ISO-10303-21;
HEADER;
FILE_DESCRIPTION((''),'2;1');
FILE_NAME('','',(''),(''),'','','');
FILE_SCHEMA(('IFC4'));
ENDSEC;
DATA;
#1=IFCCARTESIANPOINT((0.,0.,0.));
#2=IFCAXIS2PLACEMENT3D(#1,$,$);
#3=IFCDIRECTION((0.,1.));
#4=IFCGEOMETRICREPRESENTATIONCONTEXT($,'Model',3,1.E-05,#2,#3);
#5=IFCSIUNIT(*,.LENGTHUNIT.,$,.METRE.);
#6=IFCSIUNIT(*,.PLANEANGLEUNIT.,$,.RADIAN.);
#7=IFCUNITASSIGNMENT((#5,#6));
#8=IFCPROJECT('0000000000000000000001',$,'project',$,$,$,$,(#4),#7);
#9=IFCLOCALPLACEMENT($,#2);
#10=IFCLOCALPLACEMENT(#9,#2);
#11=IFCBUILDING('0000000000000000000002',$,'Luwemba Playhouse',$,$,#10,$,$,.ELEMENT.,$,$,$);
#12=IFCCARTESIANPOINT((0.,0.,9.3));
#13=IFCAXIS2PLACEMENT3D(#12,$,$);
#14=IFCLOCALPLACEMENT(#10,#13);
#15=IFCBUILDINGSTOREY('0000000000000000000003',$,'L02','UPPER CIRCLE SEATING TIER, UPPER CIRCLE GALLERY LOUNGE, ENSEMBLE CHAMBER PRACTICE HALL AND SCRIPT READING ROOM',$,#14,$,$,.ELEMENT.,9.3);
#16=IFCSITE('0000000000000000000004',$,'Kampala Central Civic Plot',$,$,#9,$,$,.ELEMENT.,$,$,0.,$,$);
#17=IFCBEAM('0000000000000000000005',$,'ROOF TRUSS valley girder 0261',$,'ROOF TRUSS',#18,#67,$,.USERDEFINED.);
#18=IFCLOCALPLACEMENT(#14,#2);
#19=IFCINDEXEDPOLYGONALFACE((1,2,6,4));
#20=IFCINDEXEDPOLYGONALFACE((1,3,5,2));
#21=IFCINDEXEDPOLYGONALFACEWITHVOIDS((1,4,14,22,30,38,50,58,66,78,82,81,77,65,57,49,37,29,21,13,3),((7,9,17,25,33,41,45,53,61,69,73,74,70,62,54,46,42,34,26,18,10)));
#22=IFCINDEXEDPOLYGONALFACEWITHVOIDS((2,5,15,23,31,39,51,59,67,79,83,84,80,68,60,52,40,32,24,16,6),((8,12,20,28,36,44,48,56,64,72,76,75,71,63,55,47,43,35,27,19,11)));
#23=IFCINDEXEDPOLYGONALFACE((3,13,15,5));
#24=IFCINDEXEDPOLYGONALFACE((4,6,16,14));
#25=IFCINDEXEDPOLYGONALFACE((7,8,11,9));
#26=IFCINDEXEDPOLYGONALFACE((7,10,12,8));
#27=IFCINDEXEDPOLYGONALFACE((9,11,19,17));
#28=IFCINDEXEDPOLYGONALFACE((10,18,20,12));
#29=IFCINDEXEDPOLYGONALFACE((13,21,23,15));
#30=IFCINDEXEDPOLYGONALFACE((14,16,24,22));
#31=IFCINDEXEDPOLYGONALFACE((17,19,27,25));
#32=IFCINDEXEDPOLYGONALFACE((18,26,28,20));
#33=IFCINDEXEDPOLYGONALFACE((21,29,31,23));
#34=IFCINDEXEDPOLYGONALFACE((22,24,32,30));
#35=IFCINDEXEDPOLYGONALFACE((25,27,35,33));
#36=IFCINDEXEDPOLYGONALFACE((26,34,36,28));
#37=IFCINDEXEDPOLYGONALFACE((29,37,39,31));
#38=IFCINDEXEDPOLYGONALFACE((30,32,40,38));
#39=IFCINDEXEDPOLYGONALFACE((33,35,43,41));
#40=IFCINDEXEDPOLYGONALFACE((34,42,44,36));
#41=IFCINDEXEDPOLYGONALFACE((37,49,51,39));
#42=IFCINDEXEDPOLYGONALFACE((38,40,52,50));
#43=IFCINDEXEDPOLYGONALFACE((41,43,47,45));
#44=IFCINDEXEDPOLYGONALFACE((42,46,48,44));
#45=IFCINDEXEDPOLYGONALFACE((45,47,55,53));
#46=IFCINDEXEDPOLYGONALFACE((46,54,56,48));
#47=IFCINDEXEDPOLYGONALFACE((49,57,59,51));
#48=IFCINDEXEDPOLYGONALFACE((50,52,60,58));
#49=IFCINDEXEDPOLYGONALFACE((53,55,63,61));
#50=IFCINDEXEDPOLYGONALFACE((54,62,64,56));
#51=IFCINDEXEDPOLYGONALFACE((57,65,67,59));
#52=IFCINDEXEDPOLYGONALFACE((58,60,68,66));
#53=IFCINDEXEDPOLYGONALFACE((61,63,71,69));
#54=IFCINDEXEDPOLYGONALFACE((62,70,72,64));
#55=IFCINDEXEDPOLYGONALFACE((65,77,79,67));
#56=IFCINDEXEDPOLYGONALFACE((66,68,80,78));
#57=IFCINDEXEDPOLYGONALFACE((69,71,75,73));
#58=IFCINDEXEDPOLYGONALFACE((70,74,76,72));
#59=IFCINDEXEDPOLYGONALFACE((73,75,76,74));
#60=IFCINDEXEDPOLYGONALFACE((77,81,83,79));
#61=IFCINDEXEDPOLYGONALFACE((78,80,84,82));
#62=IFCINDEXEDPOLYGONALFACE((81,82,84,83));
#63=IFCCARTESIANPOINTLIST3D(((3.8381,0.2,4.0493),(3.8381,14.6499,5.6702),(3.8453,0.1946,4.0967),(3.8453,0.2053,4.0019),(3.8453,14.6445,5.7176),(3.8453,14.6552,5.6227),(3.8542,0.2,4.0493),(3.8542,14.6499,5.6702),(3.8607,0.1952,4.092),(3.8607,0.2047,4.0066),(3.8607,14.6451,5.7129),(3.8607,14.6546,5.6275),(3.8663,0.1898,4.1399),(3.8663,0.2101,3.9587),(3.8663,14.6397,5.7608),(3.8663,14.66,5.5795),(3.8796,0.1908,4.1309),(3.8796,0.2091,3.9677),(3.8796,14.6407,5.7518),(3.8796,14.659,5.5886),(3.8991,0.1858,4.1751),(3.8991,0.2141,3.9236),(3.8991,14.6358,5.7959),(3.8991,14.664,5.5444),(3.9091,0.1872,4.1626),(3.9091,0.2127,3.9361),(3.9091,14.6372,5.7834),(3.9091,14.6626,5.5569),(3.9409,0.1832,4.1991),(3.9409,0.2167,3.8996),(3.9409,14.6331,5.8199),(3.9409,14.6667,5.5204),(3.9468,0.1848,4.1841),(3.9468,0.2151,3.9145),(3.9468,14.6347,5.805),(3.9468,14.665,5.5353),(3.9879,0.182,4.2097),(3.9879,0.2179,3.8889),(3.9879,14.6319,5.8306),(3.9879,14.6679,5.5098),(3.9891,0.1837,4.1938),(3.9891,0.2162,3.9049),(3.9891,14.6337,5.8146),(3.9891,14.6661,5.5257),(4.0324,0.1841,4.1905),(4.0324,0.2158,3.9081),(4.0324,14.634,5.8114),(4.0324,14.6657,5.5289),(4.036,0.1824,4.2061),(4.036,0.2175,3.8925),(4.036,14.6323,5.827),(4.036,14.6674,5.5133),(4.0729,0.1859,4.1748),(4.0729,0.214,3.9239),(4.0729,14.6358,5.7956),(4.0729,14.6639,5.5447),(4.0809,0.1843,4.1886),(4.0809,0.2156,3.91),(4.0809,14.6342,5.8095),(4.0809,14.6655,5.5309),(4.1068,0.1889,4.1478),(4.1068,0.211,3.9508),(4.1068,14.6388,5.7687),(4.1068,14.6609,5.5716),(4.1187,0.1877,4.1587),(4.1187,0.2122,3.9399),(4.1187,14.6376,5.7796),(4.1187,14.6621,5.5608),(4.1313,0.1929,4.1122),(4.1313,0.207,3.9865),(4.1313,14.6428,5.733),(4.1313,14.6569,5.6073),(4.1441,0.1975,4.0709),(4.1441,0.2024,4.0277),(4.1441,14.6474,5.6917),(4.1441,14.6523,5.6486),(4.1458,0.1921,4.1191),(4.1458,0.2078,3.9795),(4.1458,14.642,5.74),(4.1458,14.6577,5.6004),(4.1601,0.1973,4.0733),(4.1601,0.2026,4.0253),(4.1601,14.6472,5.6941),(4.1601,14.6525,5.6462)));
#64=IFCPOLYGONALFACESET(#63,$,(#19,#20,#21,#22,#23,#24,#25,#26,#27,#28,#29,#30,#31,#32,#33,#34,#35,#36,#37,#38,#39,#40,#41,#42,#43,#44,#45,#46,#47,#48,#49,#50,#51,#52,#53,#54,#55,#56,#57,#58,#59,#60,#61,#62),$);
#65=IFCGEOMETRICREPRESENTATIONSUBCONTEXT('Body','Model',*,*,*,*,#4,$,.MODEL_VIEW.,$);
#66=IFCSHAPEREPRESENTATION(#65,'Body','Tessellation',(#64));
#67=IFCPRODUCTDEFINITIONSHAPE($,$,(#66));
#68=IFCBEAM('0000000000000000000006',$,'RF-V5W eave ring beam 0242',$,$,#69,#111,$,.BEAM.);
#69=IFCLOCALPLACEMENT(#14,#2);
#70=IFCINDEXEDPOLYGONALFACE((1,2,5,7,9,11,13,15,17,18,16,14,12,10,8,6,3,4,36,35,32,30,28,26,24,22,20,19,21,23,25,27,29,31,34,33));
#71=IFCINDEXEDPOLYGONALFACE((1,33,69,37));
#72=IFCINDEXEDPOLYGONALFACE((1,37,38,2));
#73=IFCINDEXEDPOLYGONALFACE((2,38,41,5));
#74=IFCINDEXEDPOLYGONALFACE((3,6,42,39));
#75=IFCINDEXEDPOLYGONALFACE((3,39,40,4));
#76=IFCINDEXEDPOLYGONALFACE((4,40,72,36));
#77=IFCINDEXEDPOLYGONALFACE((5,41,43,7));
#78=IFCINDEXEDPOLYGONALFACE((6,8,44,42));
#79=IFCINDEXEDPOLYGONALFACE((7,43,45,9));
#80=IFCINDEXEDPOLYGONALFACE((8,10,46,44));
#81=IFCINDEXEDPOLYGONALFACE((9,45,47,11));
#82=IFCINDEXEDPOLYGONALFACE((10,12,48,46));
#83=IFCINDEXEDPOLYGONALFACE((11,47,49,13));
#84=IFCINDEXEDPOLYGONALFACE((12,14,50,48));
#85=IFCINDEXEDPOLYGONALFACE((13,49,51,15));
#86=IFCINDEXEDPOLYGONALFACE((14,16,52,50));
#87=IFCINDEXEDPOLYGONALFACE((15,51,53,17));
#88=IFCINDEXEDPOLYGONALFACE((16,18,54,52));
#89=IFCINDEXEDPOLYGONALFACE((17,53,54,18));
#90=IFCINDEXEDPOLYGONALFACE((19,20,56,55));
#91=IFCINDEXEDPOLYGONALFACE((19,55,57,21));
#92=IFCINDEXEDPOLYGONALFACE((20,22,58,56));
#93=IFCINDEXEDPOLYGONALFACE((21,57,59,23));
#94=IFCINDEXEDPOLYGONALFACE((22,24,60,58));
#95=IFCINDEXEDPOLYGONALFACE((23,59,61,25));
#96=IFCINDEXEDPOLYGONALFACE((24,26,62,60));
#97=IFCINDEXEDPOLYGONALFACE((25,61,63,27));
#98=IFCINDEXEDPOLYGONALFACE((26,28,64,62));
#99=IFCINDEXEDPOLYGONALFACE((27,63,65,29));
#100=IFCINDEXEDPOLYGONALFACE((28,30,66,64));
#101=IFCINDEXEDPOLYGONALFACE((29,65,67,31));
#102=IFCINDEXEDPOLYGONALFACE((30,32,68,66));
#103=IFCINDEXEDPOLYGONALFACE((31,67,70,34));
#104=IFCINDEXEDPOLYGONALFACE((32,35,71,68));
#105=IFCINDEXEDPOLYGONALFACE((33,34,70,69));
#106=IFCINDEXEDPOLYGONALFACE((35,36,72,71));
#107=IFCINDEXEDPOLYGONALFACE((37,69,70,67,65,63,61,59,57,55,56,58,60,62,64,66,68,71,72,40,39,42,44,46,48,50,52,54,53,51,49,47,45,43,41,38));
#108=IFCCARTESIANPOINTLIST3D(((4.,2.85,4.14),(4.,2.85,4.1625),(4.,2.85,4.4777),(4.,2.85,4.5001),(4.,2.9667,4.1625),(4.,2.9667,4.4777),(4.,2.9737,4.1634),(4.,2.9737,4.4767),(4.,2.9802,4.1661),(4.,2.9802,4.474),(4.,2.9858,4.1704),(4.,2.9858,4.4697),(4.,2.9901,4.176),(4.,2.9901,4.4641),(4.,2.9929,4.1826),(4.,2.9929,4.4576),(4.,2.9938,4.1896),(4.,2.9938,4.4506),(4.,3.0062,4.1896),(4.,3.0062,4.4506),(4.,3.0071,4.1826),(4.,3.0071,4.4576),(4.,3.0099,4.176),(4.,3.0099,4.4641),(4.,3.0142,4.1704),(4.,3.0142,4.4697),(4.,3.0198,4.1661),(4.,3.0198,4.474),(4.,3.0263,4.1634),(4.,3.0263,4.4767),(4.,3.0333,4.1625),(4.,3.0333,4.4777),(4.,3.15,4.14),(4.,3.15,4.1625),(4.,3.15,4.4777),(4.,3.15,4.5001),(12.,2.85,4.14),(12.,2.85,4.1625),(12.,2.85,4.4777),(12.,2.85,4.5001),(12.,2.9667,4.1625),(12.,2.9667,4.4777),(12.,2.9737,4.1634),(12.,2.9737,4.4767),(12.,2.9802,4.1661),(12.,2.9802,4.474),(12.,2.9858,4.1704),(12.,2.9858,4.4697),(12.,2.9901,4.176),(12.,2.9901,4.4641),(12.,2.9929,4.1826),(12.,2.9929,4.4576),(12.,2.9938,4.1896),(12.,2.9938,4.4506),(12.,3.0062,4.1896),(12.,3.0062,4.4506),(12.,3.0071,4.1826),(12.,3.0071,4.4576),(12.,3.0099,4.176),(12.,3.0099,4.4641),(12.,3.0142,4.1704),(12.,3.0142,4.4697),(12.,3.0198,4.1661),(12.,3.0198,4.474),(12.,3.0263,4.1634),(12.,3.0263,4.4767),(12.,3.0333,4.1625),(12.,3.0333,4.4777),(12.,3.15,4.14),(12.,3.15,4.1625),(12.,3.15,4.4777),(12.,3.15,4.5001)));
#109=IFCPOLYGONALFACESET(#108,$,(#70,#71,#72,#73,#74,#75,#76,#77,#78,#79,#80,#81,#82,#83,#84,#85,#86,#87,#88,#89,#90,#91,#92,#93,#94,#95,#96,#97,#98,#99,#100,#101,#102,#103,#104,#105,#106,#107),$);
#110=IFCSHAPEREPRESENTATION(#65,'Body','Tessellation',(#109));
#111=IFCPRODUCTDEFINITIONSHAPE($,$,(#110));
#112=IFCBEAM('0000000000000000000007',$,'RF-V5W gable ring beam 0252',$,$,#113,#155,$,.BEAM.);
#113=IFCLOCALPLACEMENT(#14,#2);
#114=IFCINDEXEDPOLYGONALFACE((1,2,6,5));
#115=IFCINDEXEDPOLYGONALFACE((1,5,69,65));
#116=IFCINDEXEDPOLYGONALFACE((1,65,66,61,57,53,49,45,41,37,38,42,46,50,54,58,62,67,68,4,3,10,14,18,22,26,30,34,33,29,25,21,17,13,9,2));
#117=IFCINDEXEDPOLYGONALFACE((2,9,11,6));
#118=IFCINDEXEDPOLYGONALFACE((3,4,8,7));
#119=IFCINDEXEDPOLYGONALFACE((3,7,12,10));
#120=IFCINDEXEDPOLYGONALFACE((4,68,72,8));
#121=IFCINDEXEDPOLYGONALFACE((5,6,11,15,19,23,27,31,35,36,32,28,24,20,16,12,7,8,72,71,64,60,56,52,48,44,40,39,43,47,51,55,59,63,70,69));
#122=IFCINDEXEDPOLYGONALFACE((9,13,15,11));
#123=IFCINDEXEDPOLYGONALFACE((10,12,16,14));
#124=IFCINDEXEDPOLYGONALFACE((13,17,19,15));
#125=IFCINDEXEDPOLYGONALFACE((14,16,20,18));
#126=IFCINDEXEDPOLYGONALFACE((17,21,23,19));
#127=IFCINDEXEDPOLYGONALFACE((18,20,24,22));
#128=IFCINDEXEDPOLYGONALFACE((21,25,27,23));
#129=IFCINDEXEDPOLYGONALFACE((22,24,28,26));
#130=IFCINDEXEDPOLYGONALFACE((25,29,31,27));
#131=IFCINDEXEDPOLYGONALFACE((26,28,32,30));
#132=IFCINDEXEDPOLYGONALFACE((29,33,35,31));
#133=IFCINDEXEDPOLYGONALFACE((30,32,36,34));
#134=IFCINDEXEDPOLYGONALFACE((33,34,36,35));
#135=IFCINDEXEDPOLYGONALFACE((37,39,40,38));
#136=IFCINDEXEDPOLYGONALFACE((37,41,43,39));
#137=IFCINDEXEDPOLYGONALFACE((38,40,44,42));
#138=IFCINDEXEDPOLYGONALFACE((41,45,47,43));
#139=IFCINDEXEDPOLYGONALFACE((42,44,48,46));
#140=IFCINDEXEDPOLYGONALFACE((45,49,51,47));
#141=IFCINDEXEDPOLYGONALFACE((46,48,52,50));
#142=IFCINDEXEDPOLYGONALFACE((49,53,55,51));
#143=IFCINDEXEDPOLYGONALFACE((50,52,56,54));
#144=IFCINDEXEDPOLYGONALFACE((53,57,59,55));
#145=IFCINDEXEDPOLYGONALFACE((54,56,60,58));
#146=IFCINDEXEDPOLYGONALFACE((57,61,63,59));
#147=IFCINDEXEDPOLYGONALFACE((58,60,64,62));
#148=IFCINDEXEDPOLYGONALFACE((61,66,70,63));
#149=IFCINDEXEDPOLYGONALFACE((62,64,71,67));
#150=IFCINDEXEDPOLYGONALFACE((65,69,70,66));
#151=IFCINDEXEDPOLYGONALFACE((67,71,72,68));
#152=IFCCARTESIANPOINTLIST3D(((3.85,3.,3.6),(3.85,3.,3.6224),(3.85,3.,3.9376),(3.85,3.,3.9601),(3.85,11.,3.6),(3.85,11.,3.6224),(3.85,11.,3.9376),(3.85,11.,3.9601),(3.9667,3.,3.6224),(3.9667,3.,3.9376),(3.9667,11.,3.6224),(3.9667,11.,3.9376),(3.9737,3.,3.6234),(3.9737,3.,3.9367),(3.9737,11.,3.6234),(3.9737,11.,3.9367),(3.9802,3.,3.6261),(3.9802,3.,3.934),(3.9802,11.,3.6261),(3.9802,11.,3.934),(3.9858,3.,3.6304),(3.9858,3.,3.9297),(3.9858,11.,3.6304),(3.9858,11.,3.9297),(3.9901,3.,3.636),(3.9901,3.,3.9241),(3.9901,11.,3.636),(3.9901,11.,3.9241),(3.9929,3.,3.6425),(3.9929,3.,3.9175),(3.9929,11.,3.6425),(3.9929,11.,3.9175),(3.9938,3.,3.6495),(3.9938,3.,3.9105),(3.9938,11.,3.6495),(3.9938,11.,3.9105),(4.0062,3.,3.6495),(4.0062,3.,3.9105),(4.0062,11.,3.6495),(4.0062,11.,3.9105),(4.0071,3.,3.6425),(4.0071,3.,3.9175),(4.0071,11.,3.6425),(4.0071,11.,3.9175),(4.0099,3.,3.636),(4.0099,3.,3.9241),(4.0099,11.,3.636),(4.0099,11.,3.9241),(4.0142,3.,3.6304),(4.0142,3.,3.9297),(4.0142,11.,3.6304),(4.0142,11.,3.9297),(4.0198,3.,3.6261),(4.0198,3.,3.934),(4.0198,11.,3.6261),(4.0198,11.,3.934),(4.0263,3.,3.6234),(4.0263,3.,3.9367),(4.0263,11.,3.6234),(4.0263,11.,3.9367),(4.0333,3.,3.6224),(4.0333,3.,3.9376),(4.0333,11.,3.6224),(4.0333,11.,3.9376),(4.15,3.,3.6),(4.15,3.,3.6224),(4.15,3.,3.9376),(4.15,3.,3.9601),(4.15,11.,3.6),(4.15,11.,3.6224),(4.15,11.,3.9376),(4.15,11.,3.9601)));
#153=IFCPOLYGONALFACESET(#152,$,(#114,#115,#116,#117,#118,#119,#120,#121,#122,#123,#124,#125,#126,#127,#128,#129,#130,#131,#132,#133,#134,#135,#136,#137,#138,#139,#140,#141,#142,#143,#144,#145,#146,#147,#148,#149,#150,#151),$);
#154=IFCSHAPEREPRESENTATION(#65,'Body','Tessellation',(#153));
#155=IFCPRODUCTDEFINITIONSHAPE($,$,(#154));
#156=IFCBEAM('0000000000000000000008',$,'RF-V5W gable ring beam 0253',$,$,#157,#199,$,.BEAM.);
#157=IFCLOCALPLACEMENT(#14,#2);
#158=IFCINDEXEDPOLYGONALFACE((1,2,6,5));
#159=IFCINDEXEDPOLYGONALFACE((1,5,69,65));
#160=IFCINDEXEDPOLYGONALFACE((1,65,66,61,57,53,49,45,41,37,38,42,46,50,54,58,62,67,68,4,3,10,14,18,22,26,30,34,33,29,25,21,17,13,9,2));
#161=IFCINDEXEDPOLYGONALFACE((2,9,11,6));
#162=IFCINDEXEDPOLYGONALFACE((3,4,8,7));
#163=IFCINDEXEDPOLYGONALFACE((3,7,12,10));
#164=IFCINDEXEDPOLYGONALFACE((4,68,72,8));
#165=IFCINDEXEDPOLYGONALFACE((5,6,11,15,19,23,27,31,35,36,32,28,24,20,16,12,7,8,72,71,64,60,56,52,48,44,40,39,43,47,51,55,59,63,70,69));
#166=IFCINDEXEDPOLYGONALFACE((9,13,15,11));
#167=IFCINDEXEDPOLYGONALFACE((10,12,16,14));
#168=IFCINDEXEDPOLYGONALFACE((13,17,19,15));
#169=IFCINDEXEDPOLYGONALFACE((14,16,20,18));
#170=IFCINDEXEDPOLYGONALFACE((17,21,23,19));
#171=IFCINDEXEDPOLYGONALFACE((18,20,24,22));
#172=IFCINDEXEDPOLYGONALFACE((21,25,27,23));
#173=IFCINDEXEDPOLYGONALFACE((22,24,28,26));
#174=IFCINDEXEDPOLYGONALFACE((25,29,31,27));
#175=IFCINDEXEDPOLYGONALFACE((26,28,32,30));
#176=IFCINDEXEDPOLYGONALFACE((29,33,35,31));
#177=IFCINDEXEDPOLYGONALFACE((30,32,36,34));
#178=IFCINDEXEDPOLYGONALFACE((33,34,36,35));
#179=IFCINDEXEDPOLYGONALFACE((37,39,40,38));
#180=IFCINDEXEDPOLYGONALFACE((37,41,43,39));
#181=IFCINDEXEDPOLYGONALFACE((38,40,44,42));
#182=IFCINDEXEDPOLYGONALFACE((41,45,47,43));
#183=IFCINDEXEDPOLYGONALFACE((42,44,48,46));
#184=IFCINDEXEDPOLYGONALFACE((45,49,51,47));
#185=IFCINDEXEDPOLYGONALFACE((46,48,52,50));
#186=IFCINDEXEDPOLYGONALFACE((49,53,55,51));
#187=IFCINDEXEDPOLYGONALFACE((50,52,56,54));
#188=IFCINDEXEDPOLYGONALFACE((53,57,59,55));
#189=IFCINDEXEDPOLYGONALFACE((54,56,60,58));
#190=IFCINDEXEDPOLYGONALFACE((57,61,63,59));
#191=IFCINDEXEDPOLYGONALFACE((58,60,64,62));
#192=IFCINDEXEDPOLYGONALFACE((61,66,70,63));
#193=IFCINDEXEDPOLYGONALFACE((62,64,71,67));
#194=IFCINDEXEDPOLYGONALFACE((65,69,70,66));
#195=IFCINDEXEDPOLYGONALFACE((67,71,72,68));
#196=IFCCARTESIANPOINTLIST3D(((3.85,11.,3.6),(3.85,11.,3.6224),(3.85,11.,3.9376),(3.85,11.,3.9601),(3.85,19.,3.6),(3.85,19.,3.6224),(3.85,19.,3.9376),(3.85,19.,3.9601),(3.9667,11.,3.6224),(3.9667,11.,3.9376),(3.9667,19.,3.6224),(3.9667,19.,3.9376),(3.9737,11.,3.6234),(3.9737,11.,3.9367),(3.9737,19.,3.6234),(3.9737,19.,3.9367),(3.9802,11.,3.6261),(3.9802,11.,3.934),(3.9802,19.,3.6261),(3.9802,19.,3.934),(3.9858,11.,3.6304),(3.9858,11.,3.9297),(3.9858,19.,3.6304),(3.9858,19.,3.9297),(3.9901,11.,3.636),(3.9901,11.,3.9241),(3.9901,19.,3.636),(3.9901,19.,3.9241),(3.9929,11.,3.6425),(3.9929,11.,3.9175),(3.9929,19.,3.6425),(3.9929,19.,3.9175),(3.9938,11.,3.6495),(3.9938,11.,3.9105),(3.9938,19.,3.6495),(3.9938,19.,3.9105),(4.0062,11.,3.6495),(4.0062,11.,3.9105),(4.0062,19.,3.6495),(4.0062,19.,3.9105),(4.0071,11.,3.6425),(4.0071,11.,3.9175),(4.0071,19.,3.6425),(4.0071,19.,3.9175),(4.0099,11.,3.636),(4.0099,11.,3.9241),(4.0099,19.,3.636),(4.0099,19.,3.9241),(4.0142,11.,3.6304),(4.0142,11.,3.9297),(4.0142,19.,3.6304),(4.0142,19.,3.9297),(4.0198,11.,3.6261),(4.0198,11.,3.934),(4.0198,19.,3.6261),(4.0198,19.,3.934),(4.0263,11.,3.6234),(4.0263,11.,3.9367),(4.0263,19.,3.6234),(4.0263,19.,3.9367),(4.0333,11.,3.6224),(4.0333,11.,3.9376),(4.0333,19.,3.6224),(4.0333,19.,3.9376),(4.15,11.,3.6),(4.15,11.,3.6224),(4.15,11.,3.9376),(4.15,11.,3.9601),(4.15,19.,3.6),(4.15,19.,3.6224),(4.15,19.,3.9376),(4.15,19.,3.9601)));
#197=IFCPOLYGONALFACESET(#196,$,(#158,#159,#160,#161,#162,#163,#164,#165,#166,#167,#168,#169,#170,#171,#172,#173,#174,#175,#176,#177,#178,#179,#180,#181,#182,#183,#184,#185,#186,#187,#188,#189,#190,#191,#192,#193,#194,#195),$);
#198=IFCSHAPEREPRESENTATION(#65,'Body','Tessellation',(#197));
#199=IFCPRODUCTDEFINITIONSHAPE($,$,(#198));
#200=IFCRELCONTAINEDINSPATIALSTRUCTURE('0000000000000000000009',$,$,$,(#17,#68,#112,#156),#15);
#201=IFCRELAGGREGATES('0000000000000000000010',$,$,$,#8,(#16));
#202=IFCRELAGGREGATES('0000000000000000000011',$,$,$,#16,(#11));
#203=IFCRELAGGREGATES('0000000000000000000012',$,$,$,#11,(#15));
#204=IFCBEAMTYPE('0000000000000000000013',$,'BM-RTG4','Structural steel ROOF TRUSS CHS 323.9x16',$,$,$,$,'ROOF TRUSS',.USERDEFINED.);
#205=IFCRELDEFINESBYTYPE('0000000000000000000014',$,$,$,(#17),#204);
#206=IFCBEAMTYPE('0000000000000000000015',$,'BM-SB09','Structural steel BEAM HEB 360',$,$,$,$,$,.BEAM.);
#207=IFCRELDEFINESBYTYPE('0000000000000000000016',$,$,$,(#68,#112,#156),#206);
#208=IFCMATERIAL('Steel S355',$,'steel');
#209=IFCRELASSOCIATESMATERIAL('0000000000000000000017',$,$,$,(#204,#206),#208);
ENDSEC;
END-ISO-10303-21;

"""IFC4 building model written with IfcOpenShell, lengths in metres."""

from ifc_helpers import new_model, si_unit, direction, frame, origin, origin_2d, place, context, subcontext, project, spatial, hollow_circle, i_section, extrude, material, material_profile, profile_set, type_object, element, save


model = new_model("IFC4")

# Units and contexts
model_context = context("Model", 3, precision=1e-05, world=origin(), true_north=direction((0.0, 1.0)))
body_context = subcontext(model_context, "Body", "Model", "MODEL_VIEW")
ifc_project = project(units=[si_unit("LENGTHUNIT", "METRE"), si_unit("PLANEANGLEUNIT", "RADIAN")], contexts=[model_context])

# Site, building, storey
site_placement = place(None, origin())
site = spatial("IfcSite", under=ifc_project, at=site_placement, Name="Kampala Central Civic Plot", CompositionType="ELEMENT", RefElevation=0.0)
building_placement = place(site_placement, origin())
building = spatial("IfcBuilding", under=site, at=building_placement, Name="Luwemba Playhouse", CompositionType="ELEMENT")
storey_placement = place(building_placement, frame((0.0, 0.0, 9.3)))
storey = spatial("IfcBuildingStorey", under=building, at=storey_placement, Name="L02", Description="UPPER CIRCLE SEATING TIER, UPPER CIRCLE GALLERY LOUNGE, ENSEMBLE CHAMBER PRACTICE HALL AND SCRIPT READING ROOM", CompositionType="ELEMENT", Elevation=9.3)

# Shared definitions
ifc_material_1 = material(Name="Steel S355", Category="steel")

# Beams
ifc_material_profile_1 = material_profile(ifc_material_1, hollow_circle(Radius=0.1619, WallThickness=0.0161, at=origin_2d()))
ifc_profile_set_1 = profile_set([ifc_material_profile_1], Name="Steel S355")
beam_type_1 = type_object("IfcBeamType", Name="BM-RTG4", Description="Structural steel ROOF TRUSS CHS 323.9x16", ElementType="ROOF TRUSS", PredefinedType="USERDEFINED", material=ifc_profile_set_1)
beam_1_placement = place(storey_placement, frame((4.0, 0.2, 4.0493), z_axis=(0.0, 0.993768, 0.111471), x_axis=(-1.0, 0.0, 0.0)))
element("IfcBeam", 1, at=beam_1_placement, inside=storey, type_object=beam_type_1, Name="ROOF TRUSS valley girder 0261", ObjectType="ROOF TRUSS", PredefinedType="USERDEFINED", context=body_context, shape_type="SweptSolid", body=[
    extrude(hollow_circle(Radius=0.1619, WallThickness=0.0161, at=origin_2d()), origin(), (0.0, 0.0, 1.0), 14.5405),
])
ifc_material_profile_2 = material_profile(ifc_material_1, i_section(OverallWidth=0.3, OverallDepth=0.3601, WebThickness=0.0125, FlangeThickness=0.0225, FilletRadius=0.0271, at=origin_2d()))
ifc_profile_set_2 = profile_set([ifc_material_profile_2], Name="Steel S355")
beam_type_2 = type_object("IfcBeamType", Name="BM-SB09", Description="Structural steel BEAM HEB 360", PredefinedType="BEAM", material=ifc_profile_set_2)
for number, where, z_axis, x_axis, name in (
    (2, (4.0, 3.0, 4.3201), (1.0, 0.0, 0.0), (0.0, 1.0, 0.0), "RF-V5W eave ring beam 0242"),
    (3, (4.0, 3.0, 3.78), (0.0, 1.0, 0.0), (-1.0, 0.0, 0.0), "RF-V5W gable ring beam 0252"),
    (4, (4.0, 11.0, 3.78), (0.0, 1.0, 0.0), (-1.0, 0.0, 0.0), "RF-V5W gable ring beam 0253"),
):
    element("IfcBeam", number, at=place(storey_placement, frame(where, z_axis=z_axis, x_axis=x_axis)), inside=storey, type_object=beam_type_2, Name=name, PredefinedType="BEAM", context=body_context, shape_type="SweptSolid", body=[
        extrude(i_section(OverallWidth=0.3, OverallDepth=0.3601, WebThickness=0.0125, FlangeThickness=0.0225, FilletRadius=0.0271, at=origin_2d()), origin(), (0.0, 0.0, 1.0), 8.0),
    ])

save(model, "model.ifc")
